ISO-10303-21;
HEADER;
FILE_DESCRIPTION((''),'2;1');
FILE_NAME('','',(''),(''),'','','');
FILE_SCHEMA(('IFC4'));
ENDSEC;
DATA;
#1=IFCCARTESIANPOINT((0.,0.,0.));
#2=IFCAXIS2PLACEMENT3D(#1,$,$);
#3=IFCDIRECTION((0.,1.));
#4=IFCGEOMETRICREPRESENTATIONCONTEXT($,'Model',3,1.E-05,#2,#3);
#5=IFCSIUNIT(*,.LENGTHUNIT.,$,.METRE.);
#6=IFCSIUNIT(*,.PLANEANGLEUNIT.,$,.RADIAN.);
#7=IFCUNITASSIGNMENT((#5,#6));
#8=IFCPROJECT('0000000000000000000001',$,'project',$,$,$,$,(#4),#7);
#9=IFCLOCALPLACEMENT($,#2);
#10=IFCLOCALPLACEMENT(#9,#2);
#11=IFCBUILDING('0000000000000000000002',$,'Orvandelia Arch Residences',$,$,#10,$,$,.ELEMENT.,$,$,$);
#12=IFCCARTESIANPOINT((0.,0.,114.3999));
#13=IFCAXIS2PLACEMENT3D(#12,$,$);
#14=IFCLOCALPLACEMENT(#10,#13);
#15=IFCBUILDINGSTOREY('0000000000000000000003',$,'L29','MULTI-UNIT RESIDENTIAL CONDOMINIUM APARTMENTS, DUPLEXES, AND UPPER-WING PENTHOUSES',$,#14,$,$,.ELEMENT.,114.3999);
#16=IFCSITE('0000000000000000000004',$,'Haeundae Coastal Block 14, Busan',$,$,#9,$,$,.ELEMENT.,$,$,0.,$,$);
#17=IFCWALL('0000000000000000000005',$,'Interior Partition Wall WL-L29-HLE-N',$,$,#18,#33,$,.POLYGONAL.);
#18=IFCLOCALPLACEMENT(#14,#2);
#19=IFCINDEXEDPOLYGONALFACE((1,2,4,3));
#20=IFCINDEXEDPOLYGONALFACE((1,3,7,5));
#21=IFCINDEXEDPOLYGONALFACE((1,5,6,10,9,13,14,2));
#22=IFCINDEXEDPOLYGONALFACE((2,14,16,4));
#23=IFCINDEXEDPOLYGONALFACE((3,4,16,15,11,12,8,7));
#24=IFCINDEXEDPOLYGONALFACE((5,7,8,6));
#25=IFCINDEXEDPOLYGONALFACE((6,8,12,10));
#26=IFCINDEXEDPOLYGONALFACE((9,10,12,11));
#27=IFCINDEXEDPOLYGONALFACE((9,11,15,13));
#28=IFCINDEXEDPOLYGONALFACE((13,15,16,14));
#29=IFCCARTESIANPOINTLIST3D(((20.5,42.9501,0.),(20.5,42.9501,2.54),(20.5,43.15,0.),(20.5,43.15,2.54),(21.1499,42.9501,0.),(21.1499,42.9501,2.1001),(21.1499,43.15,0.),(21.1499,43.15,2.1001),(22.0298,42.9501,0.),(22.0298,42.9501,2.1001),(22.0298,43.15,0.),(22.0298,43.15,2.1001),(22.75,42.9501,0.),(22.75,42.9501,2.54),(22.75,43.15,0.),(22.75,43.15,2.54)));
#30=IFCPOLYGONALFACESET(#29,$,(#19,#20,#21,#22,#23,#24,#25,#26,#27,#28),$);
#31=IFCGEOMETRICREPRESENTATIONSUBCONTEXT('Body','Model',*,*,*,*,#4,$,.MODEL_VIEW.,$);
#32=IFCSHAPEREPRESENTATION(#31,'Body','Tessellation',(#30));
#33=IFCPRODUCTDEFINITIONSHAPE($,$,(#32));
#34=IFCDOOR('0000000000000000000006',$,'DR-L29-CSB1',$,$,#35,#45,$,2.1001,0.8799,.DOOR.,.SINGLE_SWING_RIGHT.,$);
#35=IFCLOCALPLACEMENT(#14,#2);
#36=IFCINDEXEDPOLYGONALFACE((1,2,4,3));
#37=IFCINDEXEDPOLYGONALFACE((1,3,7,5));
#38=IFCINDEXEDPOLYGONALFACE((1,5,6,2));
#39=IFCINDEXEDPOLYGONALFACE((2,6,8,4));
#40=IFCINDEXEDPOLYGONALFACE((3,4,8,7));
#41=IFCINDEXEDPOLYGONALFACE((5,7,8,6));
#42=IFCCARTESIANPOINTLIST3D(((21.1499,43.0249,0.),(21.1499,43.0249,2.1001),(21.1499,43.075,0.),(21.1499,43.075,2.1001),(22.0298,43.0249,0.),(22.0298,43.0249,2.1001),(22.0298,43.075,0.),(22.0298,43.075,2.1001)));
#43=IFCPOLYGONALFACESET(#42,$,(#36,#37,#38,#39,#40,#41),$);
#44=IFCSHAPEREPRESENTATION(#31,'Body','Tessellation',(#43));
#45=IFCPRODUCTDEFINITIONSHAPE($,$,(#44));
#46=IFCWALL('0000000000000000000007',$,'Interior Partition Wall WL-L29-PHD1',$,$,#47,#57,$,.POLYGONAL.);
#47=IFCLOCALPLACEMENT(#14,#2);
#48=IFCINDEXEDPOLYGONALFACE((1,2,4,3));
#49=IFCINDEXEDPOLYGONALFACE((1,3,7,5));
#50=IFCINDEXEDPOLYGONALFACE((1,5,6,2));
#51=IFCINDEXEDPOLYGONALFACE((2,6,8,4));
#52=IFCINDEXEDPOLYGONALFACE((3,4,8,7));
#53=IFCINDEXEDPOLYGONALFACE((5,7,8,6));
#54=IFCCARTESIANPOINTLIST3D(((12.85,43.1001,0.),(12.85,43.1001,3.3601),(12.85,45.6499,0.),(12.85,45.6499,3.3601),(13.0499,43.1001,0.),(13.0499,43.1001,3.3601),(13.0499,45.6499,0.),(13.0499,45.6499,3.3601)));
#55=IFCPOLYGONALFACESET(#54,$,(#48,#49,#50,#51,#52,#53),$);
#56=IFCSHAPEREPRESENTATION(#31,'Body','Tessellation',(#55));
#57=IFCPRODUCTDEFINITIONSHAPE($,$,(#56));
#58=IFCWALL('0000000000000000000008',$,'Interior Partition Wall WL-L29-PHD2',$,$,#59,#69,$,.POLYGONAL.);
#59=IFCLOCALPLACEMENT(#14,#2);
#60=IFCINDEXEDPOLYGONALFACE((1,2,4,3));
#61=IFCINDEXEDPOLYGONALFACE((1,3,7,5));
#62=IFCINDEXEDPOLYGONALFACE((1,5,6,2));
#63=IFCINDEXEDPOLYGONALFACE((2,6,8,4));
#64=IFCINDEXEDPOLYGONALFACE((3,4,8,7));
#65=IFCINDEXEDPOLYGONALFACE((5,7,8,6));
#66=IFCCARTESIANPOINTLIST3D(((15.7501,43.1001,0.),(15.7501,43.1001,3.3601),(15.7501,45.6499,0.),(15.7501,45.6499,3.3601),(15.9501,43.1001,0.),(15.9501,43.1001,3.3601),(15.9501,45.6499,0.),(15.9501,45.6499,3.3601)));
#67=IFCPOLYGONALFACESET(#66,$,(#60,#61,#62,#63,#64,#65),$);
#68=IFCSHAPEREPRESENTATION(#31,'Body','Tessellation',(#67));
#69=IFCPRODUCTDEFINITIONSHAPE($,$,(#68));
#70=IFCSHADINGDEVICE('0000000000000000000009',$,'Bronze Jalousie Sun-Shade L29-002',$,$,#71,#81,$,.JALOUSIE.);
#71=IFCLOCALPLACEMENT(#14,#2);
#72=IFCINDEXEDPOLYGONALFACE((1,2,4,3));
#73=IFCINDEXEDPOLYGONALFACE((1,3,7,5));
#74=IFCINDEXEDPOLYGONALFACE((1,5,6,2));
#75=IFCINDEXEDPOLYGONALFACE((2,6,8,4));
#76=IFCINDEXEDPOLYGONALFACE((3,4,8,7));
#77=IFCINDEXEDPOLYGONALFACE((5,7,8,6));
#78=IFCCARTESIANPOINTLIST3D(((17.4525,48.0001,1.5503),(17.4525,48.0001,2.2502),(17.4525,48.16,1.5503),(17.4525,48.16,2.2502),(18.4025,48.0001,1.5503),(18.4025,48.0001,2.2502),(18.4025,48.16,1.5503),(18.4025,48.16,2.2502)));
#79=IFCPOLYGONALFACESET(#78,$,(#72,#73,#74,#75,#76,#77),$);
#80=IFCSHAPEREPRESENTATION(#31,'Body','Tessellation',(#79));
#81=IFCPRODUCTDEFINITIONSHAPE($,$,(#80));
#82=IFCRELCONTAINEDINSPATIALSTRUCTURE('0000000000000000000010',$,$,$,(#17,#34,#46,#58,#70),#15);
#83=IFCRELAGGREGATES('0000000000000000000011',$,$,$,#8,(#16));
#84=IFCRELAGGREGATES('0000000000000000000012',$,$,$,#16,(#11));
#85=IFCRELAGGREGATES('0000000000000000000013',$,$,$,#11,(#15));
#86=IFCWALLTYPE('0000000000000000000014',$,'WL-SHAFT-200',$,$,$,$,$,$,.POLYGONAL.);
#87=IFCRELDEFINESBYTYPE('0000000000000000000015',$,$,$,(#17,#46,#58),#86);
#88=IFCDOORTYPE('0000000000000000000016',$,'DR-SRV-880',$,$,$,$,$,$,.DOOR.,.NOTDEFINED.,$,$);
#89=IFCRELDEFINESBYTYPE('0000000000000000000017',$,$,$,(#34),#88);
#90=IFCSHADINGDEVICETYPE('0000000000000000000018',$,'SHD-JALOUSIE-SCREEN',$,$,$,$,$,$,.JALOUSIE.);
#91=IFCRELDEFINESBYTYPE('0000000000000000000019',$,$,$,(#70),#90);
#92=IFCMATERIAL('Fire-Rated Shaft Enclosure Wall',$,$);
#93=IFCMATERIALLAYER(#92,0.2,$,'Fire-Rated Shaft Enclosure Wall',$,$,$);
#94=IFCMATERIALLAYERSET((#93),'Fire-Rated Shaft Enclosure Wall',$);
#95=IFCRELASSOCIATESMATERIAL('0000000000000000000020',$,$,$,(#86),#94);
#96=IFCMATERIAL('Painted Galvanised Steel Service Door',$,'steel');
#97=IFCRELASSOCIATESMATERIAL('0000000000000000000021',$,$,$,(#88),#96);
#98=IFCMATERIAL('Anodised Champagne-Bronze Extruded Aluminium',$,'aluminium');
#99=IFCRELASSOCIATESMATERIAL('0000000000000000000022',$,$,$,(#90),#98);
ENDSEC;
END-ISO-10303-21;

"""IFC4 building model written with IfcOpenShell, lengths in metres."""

from ifc_helpers import new_model, si_unit, direction, frame, frame_2d, origin, origin_2d, place, context, subcontext, project, spatial, rectangle, extrude, material, layer, layer_set, type_object, element, fill, save


model = new_model("IFC4")

# Units and contexts
model_context = context("Model", 3, precision=1e-05, world=origin(), true_north=direction((0.0, 1.0)))
body_context = subcontext(model_context, "Body", "Model", "MODEL_VIEW")
ifc_project = project(units=[si_unit("LENGTHUNIT", "METRE"), si_unit("PLANEANGLEUNIT", "RADIAN")], contexts=[model_context])

# Site, building, storey
site_placement = place(None, origin())
site = spatial("IfcSite", under=ifc_project, at=site_placement, Name="Haeundae Coastal Block 14, Busan", CompositionType="ELEMENT", RefElevation=0.0)
building_placement = place(site_placement, origin())
building = spatial("IfcBuilding", under=site, at=building_placement, Name="Orvandelia Arch Residences", CompositionType="ELEMENT")
storey_placement = place(building_placement, frame((0.0, 0.0, 114.3999)))
storey = spatial("IfcBuildingStorey", under=building, at=storey_placement, Name="L29", Description="MULTI-UNIT RESIDENTIAL CONDOMINIUM APARTMENTS, DUPLEXES, AND UPPER-WING PENTHOUSES", CompositionType="ELEMENT", Elevation=114.3999)

# Shared definitions
ifc_material_1 = material(Name="Fire-Rated Shaft Enclosure Wall")
ifc_layer_1 = layer(ifc_material_1, 0.2, Name="Fire-Rated Shaft Enclosure Wall")
ifc_layer_set_1 = layer_set([ifc_layer_1], Name="Fire-Rated Shaft Enclosure Wall")
wall_type_1 = type_object("IfcWallType", Name="WL-SHAFT-200", PredefinedType="POLYGONAL", material=ifc_layer_set_1)

# Shared definitions
ifc_material_2 = material(Name="Painted Galvanised Steel Service Door", Category="steel")
door_type_1 = type_object("IfcDoorType", Name="DR-SRV-880", OperationType="NOTDEFINED", PredefinedType="DOOR", material=ifc_material_2)

# Wall, opening, door
wall_1_placement = place(storey_placement, frame((20.5, 43.05, 0.0), z_axis=(0.0, 0.0, 1.0), x_axis=(1.0, 0.0, 0.0)))
wall_1 = element("IfcWall", 1, at=wall_1_placement, inside=storey, type_object=wall_type_1, Name="Interior Partition Wall WL-L29-HLE-N", PredefinedType="POLYGONAL", context=body_context, shape_type="SweptSolid", body=[
    extrude(rectangle(XDim=2.25, YDim=0.2, at=frame_2d((1.125, 0.0))), origin(), (0.0, 0.0, 1.0), 2.54),
])
opening_1_placement = place(wall_1_placement, frame((0.6499, 0.0, 0.0)))
opening_1 = element("IfcOpeningElement", 2, at=opening_1_placement, cuts=wall_1, PredefinedType="OPENING", context=body_context, shape_type="SweptSolid", body=[
    extrude(rectangle(XDim=0.8799, YDim=2.1001, at=frame_2d((0.4399, 1.05))), frame((0.0, 0.1099, 0.0), z_axis=(0.0, -1.0, 0.0), x_axis=(1.0, 0.0, 0.0)), (0.0, 0.0, 1.0), 0.22),
])
door_1_placement = place(opening_1_placement, origin())
door_1 = element("IfcDoor", 3, at=door_1_placement, inside=storey, type_object=door_type_1, Name="DR-L29-CSB1", OperationType="SINGLE_SWING_RIGHT", OverallHeight=2.1001, OverallWidth=0.8799, PredefinedType="DOOR", context=body_context, shape_type="SweptSolid", body=[
    extrude(rectangle(XDim=0.8799, YDim=2.1001, at=frame_2d((0.4399, 1.05))), frame((0.0, 0.0249, 0.0), z_axis=(0.0, -1.0, 0.0), x_axis=(1.0, 0.0, 0.0)), (0.0, 0.0, 1.0), 0.05),
])
fill(opening_1, door_1)

# Walls
for number, where, z_axis, x_axis, name in (
    (4, (12.95, 43.1001, 0.0), (0.0, 0.0, 1.0), (0.0, 1.0, 0.0), "Interior Partition Wall WL-L29-PHD1"),
    (5, (15.8501, 43.1001, 0.0), (0.0, 0.0, 1.0), (0.0, 1.0, 0.0), "Interior Partition Wall WL-L29-PHD2"),
):
    element("IfcWall", number, at=place(storey_placement, frame(where, z_axis=z_axis, x_axis=x_axis)), inside=storey, type_object=wall_type_1, Name=name, PredefinedType="POLYGONAL", context=body_context, shape_type="SweptSolid", body=[
        extrude(rectangle(XDim=2.5498, YDim=0.2, at=frame_2d((1.2749, 0.0))), origin(), (0.0, 0.0, 1.0), 3.3601),
    ])

# Shading device
ifc_material_3 = material(Name="Anodised Champagne-Bronze Extruded Aluminium", Category="aluminium")
shading_device_type = type_object("IfcShadingDeviceType", Name="SHD-JALOUSIE-SCREEN", PredefinedType="JALOUSIE", material=ifc_material_3)
shading_device_placement = place(storey_placement, frame((17.9275, 48.0801, 1.5503), z_axis=(0.0, 0.0, 1.0), x_axis=(1.0, 0.0, 0.0)))
element("IfcShadingDevice", 6, at=shading_device_placement, inside=storey, type_object=shading_device_type, Name="Bronze Jalousie Sun-Shade L29-002", PredefinedType="JALOUSIE", context=body_context, shape_type="SweptSolid", body=[
    extrude(rectangle(XDim=0.95, YDim=0.1599, at=origin_2d()), origin(), (0.0, 0.0, 1.0), 0.7),
])

save(model, "model.ifc")
